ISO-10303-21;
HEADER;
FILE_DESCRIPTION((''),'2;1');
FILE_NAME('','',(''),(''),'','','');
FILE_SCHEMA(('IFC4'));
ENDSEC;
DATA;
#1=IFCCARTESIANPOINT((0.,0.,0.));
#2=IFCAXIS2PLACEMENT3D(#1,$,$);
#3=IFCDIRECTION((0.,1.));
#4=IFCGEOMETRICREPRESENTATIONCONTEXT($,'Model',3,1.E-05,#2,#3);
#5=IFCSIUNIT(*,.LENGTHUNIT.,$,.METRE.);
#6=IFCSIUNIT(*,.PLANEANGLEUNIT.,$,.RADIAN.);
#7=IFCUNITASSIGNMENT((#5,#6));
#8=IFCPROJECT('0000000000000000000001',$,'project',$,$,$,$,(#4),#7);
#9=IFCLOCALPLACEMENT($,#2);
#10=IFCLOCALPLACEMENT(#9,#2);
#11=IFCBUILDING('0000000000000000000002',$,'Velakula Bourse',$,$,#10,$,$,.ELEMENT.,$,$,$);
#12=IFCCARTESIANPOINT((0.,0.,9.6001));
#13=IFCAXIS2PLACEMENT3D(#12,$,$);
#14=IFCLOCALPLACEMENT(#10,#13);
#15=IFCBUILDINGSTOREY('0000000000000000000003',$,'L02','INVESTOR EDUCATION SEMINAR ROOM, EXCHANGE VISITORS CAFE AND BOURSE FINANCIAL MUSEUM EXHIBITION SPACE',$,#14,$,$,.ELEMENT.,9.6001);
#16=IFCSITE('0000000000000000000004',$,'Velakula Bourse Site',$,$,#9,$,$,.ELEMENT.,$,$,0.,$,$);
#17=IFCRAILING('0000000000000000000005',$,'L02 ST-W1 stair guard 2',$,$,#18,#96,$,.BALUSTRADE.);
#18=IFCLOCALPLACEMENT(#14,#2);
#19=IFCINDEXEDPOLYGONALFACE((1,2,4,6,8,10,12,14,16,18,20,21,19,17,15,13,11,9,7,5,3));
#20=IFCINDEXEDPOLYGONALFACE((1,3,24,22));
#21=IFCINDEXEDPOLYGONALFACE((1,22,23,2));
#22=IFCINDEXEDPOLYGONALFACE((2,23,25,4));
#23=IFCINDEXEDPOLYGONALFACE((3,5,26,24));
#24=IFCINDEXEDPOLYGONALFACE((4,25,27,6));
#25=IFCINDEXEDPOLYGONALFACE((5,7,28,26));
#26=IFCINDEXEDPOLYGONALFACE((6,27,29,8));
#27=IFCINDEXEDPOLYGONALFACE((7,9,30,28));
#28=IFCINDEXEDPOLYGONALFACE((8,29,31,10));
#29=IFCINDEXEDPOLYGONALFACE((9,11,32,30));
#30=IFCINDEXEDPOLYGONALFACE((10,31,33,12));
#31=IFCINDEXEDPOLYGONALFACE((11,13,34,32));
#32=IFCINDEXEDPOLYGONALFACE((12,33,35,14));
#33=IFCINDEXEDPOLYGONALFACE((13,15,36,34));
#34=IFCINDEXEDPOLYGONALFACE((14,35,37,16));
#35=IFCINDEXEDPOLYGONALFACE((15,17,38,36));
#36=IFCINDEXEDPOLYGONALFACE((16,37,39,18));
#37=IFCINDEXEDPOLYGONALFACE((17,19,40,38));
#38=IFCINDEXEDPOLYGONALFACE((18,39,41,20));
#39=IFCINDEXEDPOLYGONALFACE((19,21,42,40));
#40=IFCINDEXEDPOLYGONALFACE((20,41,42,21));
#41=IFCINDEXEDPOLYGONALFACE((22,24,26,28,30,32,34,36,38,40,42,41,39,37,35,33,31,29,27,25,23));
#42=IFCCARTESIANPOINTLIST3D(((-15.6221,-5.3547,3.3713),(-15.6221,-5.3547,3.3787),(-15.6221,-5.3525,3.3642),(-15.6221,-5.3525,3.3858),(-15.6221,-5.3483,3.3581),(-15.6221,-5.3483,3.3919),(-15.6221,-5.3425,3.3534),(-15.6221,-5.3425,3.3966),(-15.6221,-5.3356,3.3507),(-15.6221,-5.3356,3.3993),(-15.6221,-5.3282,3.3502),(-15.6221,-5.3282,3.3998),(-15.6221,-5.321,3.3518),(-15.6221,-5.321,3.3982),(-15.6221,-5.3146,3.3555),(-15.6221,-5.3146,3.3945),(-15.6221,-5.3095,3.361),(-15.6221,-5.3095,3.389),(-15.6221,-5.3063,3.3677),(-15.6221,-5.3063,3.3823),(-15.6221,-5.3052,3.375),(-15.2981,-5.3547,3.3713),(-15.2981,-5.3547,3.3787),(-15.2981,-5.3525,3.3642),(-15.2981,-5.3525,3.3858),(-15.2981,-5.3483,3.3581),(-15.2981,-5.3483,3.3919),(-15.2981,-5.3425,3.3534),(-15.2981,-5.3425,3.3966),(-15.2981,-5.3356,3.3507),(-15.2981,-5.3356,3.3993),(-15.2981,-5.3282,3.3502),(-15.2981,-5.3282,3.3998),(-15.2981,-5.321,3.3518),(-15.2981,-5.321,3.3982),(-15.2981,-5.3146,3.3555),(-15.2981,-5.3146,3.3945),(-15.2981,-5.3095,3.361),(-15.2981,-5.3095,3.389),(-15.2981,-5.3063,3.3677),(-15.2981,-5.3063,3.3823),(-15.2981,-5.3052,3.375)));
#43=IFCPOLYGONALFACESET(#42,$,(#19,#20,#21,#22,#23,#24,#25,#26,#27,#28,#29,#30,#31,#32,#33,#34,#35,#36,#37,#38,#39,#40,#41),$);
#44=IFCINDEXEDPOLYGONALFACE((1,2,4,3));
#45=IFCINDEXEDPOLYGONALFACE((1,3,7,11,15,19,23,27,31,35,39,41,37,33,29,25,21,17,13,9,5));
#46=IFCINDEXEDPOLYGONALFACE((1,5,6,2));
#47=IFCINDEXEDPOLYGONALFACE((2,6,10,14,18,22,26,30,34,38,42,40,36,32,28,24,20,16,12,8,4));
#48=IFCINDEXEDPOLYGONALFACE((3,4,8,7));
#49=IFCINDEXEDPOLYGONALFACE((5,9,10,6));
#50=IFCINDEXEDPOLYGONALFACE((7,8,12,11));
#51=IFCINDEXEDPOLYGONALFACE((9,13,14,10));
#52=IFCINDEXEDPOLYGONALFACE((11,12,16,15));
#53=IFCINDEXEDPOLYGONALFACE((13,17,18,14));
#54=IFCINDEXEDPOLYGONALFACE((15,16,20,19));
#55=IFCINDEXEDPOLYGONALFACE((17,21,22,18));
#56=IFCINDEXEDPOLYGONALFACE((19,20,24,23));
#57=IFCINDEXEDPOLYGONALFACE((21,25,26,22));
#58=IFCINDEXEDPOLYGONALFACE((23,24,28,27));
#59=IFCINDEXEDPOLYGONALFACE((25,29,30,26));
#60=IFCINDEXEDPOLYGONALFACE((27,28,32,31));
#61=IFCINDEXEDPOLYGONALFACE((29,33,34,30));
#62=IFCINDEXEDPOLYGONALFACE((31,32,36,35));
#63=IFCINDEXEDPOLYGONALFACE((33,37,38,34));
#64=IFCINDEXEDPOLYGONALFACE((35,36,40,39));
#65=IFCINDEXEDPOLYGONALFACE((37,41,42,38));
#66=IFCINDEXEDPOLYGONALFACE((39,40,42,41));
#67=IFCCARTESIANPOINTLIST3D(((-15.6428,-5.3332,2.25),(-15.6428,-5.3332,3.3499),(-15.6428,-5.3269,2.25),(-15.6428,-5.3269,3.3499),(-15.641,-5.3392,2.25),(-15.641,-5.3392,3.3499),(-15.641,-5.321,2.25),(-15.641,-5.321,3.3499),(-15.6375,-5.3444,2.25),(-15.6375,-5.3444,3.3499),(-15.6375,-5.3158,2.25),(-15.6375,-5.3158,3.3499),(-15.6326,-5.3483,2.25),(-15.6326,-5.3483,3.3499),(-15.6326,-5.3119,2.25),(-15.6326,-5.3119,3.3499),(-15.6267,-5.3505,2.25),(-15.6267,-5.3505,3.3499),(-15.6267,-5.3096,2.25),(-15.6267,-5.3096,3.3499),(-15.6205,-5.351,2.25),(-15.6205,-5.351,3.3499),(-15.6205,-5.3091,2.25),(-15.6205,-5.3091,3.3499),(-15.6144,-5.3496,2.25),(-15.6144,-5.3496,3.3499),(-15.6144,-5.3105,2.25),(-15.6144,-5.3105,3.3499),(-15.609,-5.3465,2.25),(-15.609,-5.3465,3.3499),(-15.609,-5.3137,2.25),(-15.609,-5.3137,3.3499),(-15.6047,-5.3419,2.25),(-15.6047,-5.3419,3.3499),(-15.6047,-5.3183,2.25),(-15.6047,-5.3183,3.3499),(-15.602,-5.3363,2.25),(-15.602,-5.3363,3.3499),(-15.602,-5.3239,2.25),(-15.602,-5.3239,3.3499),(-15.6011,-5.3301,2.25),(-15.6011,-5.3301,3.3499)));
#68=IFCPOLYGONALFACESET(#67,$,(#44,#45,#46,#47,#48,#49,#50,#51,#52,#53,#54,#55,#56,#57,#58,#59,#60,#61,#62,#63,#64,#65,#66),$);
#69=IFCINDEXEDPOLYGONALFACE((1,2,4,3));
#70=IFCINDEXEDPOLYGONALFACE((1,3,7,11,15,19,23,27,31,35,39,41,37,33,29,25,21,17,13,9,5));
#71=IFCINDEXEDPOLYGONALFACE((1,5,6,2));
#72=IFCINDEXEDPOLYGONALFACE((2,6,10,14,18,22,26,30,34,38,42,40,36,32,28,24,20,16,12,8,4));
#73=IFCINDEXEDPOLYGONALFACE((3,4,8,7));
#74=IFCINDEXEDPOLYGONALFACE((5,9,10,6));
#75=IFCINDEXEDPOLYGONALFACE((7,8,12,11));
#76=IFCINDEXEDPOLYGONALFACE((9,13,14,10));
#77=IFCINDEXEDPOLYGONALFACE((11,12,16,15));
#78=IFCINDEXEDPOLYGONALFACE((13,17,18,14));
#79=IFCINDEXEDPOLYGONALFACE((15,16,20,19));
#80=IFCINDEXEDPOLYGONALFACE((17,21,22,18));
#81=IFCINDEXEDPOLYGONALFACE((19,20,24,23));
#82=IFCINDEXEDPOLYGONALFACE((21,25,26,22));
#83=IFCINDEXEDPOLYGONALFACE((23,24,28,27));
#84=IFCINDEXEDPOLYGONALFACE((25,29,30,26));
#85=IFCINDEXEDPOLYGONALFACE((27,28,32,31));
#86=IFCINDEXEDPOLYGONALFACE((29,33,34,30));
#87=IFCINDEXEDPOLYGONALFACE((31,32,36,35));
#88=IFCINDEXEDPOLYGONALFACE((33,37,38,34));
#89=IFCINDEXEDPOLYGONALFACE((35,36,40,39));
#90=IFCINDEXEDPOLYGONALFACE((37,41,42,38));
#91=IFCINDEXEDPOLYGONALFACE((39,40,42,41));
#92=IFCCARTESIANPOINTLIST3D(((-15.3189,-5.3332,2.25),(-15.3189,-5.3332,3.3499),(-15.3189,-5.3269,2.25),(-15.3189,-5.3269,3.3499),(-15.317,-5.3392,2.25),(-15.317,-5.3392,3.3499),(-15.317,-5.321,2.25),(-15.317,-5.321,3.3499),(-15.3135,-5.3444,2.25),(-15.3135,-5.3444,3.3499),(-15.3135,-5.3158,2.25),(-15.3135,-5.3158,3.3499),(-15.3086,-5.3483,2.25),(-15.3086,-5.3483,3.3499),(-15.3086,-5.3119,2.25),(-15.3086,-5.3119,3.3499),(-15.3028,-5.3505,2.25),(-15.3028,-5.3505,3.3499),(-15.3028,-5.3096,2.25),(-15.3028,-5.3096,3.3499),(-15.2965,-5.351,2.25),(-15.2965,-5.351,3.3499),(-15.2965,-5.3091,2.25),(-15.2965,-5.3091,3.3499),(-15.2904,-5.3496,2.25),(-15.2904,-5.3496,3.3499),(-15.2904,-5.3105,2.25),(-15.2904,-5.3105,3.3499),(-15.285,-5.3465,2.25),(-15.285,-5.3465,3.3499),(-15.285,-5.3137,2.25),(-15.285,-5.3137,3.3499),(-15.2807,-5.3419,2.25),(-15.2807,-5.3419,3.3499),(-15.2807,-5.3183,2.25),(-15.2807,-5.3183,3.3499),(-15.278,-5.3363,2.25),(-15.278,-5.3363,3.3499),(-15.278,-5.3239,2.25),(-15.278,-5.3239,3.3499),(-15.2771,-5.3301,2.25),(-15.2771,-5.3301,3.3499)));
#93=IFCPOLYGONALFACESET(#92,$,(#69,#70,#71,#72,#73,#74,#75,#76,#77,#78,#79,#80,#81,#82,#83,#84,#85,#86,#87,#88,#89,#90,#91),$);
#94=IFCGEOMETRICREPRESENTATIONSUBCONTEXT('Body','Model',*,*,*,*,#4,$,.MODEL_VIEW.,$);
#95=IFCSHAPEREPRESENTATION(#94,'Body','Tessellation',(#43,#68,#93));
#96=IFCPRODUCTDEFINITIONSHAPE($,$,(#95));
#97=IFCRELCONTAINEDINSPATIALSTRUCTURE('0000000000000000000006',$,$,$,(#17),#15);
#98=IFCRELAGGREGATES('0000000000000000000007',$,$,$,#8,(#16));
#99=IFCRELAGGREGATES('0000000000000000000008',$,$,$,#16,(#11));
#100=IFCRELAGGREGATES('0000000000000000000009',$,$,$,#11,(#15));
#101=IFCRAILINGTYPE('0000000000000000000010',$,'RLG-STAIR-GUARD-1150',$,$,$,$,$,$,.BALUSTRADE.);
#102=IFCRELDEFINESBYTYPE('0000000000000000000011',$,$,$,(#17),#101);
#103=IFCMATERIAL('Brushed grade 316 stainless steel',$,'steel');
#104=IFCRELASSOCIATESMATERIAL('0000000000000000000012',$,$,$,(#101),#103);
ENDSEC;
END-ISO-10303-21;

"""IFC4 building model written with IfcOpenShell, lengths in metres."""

from ifc_helpers import new_model, si_unit, direction, frame, origin, origin_2d, place, context, subcontext, project, spatial, circle, extrude, material, type_object, element, save


model = new_model("IFC4")

# Units and contexts
model_context = context("Model", 3, precision=1e-05, world=origin(), true_north=direction((0.0, 1.0)))
body_context = subcontext(model_context, "Body", "Model", "MODEL_VIEW")
ifc_project = project(units=[si_unit("LENGTHUNIT", "METRE"), si_unit("PLANEANGLEUNIT", "RADIAN")], contexts=[model_context])

# Site, building, storey
site_placement = place(None, origin())
site = spatial("IfcSite", under=ifc_project, at=site_placement, Name="Velakula Bourse Site", CompositionType="ELEMENT", RefElevation=0.0)
building_placement = place(site_placement, origin())
building = spatial("IfcBuilding", under=site, at=building_placement, Name="Velakula Bourse", CompositionType="ELEMENT")
storey_placement = place(building_placement, frame((0.0, 0.0, 9.6001)))
storey = spatial("IfcBuildingStorey", under=building, at=storey_placement, Name="L02", Description="INVESTOR EDUCATION SEMINAR ROOM, EXCHANGE VISITORS CAFE AND BOURSE FINANCIAL MUSEUM EXHIBITION SPACE", CompositionType="ELEMENT", Elevation=9.6001)

# Shared definitions
ifc_material_1 = material(Name="Brushed grade 316 stainless steel", Category="steel")

# Railing
railing_type_1 = type_object("IfcRailingType", Name="RLG-STAIR-GUARD-1150", PredefinedType="BALUSTRADE", material=ifc_material_1)
railing_1_placement = place(storey_placement, frame((-15.6221, -5.3301, 2.25)))
element("IfcRailing", 1, at=railing_1_placement, inside=storey, type_object=railing_type_1, Name="L02 ST-W1 stair guard 2", PredefinedType="BALUSTRADE", context=body_context, shape_type="SweptSolid", body=[
    extrude(circle(Radius=0.0249, at=origin_2d()), frame((0.0, 0.0, 1.125), z_axis=(1.0, 0.0, 0.0), x_axis=(0.0, 1.0, 0.0)), (0.0, 0.0, 1.0), 0.324),
    extrude(circle(Radius=0.021, at=origin_2d()), origin(), (0.0, 0.0, 1.0), 1.0999),
    extrude(circle(Radius=0.021, at=origin_2d()), frame((0.324, 0.0, 0.0)), (0.0, 0.0, 1.0), 1.0999),
])

save(model, "model.ifc")
